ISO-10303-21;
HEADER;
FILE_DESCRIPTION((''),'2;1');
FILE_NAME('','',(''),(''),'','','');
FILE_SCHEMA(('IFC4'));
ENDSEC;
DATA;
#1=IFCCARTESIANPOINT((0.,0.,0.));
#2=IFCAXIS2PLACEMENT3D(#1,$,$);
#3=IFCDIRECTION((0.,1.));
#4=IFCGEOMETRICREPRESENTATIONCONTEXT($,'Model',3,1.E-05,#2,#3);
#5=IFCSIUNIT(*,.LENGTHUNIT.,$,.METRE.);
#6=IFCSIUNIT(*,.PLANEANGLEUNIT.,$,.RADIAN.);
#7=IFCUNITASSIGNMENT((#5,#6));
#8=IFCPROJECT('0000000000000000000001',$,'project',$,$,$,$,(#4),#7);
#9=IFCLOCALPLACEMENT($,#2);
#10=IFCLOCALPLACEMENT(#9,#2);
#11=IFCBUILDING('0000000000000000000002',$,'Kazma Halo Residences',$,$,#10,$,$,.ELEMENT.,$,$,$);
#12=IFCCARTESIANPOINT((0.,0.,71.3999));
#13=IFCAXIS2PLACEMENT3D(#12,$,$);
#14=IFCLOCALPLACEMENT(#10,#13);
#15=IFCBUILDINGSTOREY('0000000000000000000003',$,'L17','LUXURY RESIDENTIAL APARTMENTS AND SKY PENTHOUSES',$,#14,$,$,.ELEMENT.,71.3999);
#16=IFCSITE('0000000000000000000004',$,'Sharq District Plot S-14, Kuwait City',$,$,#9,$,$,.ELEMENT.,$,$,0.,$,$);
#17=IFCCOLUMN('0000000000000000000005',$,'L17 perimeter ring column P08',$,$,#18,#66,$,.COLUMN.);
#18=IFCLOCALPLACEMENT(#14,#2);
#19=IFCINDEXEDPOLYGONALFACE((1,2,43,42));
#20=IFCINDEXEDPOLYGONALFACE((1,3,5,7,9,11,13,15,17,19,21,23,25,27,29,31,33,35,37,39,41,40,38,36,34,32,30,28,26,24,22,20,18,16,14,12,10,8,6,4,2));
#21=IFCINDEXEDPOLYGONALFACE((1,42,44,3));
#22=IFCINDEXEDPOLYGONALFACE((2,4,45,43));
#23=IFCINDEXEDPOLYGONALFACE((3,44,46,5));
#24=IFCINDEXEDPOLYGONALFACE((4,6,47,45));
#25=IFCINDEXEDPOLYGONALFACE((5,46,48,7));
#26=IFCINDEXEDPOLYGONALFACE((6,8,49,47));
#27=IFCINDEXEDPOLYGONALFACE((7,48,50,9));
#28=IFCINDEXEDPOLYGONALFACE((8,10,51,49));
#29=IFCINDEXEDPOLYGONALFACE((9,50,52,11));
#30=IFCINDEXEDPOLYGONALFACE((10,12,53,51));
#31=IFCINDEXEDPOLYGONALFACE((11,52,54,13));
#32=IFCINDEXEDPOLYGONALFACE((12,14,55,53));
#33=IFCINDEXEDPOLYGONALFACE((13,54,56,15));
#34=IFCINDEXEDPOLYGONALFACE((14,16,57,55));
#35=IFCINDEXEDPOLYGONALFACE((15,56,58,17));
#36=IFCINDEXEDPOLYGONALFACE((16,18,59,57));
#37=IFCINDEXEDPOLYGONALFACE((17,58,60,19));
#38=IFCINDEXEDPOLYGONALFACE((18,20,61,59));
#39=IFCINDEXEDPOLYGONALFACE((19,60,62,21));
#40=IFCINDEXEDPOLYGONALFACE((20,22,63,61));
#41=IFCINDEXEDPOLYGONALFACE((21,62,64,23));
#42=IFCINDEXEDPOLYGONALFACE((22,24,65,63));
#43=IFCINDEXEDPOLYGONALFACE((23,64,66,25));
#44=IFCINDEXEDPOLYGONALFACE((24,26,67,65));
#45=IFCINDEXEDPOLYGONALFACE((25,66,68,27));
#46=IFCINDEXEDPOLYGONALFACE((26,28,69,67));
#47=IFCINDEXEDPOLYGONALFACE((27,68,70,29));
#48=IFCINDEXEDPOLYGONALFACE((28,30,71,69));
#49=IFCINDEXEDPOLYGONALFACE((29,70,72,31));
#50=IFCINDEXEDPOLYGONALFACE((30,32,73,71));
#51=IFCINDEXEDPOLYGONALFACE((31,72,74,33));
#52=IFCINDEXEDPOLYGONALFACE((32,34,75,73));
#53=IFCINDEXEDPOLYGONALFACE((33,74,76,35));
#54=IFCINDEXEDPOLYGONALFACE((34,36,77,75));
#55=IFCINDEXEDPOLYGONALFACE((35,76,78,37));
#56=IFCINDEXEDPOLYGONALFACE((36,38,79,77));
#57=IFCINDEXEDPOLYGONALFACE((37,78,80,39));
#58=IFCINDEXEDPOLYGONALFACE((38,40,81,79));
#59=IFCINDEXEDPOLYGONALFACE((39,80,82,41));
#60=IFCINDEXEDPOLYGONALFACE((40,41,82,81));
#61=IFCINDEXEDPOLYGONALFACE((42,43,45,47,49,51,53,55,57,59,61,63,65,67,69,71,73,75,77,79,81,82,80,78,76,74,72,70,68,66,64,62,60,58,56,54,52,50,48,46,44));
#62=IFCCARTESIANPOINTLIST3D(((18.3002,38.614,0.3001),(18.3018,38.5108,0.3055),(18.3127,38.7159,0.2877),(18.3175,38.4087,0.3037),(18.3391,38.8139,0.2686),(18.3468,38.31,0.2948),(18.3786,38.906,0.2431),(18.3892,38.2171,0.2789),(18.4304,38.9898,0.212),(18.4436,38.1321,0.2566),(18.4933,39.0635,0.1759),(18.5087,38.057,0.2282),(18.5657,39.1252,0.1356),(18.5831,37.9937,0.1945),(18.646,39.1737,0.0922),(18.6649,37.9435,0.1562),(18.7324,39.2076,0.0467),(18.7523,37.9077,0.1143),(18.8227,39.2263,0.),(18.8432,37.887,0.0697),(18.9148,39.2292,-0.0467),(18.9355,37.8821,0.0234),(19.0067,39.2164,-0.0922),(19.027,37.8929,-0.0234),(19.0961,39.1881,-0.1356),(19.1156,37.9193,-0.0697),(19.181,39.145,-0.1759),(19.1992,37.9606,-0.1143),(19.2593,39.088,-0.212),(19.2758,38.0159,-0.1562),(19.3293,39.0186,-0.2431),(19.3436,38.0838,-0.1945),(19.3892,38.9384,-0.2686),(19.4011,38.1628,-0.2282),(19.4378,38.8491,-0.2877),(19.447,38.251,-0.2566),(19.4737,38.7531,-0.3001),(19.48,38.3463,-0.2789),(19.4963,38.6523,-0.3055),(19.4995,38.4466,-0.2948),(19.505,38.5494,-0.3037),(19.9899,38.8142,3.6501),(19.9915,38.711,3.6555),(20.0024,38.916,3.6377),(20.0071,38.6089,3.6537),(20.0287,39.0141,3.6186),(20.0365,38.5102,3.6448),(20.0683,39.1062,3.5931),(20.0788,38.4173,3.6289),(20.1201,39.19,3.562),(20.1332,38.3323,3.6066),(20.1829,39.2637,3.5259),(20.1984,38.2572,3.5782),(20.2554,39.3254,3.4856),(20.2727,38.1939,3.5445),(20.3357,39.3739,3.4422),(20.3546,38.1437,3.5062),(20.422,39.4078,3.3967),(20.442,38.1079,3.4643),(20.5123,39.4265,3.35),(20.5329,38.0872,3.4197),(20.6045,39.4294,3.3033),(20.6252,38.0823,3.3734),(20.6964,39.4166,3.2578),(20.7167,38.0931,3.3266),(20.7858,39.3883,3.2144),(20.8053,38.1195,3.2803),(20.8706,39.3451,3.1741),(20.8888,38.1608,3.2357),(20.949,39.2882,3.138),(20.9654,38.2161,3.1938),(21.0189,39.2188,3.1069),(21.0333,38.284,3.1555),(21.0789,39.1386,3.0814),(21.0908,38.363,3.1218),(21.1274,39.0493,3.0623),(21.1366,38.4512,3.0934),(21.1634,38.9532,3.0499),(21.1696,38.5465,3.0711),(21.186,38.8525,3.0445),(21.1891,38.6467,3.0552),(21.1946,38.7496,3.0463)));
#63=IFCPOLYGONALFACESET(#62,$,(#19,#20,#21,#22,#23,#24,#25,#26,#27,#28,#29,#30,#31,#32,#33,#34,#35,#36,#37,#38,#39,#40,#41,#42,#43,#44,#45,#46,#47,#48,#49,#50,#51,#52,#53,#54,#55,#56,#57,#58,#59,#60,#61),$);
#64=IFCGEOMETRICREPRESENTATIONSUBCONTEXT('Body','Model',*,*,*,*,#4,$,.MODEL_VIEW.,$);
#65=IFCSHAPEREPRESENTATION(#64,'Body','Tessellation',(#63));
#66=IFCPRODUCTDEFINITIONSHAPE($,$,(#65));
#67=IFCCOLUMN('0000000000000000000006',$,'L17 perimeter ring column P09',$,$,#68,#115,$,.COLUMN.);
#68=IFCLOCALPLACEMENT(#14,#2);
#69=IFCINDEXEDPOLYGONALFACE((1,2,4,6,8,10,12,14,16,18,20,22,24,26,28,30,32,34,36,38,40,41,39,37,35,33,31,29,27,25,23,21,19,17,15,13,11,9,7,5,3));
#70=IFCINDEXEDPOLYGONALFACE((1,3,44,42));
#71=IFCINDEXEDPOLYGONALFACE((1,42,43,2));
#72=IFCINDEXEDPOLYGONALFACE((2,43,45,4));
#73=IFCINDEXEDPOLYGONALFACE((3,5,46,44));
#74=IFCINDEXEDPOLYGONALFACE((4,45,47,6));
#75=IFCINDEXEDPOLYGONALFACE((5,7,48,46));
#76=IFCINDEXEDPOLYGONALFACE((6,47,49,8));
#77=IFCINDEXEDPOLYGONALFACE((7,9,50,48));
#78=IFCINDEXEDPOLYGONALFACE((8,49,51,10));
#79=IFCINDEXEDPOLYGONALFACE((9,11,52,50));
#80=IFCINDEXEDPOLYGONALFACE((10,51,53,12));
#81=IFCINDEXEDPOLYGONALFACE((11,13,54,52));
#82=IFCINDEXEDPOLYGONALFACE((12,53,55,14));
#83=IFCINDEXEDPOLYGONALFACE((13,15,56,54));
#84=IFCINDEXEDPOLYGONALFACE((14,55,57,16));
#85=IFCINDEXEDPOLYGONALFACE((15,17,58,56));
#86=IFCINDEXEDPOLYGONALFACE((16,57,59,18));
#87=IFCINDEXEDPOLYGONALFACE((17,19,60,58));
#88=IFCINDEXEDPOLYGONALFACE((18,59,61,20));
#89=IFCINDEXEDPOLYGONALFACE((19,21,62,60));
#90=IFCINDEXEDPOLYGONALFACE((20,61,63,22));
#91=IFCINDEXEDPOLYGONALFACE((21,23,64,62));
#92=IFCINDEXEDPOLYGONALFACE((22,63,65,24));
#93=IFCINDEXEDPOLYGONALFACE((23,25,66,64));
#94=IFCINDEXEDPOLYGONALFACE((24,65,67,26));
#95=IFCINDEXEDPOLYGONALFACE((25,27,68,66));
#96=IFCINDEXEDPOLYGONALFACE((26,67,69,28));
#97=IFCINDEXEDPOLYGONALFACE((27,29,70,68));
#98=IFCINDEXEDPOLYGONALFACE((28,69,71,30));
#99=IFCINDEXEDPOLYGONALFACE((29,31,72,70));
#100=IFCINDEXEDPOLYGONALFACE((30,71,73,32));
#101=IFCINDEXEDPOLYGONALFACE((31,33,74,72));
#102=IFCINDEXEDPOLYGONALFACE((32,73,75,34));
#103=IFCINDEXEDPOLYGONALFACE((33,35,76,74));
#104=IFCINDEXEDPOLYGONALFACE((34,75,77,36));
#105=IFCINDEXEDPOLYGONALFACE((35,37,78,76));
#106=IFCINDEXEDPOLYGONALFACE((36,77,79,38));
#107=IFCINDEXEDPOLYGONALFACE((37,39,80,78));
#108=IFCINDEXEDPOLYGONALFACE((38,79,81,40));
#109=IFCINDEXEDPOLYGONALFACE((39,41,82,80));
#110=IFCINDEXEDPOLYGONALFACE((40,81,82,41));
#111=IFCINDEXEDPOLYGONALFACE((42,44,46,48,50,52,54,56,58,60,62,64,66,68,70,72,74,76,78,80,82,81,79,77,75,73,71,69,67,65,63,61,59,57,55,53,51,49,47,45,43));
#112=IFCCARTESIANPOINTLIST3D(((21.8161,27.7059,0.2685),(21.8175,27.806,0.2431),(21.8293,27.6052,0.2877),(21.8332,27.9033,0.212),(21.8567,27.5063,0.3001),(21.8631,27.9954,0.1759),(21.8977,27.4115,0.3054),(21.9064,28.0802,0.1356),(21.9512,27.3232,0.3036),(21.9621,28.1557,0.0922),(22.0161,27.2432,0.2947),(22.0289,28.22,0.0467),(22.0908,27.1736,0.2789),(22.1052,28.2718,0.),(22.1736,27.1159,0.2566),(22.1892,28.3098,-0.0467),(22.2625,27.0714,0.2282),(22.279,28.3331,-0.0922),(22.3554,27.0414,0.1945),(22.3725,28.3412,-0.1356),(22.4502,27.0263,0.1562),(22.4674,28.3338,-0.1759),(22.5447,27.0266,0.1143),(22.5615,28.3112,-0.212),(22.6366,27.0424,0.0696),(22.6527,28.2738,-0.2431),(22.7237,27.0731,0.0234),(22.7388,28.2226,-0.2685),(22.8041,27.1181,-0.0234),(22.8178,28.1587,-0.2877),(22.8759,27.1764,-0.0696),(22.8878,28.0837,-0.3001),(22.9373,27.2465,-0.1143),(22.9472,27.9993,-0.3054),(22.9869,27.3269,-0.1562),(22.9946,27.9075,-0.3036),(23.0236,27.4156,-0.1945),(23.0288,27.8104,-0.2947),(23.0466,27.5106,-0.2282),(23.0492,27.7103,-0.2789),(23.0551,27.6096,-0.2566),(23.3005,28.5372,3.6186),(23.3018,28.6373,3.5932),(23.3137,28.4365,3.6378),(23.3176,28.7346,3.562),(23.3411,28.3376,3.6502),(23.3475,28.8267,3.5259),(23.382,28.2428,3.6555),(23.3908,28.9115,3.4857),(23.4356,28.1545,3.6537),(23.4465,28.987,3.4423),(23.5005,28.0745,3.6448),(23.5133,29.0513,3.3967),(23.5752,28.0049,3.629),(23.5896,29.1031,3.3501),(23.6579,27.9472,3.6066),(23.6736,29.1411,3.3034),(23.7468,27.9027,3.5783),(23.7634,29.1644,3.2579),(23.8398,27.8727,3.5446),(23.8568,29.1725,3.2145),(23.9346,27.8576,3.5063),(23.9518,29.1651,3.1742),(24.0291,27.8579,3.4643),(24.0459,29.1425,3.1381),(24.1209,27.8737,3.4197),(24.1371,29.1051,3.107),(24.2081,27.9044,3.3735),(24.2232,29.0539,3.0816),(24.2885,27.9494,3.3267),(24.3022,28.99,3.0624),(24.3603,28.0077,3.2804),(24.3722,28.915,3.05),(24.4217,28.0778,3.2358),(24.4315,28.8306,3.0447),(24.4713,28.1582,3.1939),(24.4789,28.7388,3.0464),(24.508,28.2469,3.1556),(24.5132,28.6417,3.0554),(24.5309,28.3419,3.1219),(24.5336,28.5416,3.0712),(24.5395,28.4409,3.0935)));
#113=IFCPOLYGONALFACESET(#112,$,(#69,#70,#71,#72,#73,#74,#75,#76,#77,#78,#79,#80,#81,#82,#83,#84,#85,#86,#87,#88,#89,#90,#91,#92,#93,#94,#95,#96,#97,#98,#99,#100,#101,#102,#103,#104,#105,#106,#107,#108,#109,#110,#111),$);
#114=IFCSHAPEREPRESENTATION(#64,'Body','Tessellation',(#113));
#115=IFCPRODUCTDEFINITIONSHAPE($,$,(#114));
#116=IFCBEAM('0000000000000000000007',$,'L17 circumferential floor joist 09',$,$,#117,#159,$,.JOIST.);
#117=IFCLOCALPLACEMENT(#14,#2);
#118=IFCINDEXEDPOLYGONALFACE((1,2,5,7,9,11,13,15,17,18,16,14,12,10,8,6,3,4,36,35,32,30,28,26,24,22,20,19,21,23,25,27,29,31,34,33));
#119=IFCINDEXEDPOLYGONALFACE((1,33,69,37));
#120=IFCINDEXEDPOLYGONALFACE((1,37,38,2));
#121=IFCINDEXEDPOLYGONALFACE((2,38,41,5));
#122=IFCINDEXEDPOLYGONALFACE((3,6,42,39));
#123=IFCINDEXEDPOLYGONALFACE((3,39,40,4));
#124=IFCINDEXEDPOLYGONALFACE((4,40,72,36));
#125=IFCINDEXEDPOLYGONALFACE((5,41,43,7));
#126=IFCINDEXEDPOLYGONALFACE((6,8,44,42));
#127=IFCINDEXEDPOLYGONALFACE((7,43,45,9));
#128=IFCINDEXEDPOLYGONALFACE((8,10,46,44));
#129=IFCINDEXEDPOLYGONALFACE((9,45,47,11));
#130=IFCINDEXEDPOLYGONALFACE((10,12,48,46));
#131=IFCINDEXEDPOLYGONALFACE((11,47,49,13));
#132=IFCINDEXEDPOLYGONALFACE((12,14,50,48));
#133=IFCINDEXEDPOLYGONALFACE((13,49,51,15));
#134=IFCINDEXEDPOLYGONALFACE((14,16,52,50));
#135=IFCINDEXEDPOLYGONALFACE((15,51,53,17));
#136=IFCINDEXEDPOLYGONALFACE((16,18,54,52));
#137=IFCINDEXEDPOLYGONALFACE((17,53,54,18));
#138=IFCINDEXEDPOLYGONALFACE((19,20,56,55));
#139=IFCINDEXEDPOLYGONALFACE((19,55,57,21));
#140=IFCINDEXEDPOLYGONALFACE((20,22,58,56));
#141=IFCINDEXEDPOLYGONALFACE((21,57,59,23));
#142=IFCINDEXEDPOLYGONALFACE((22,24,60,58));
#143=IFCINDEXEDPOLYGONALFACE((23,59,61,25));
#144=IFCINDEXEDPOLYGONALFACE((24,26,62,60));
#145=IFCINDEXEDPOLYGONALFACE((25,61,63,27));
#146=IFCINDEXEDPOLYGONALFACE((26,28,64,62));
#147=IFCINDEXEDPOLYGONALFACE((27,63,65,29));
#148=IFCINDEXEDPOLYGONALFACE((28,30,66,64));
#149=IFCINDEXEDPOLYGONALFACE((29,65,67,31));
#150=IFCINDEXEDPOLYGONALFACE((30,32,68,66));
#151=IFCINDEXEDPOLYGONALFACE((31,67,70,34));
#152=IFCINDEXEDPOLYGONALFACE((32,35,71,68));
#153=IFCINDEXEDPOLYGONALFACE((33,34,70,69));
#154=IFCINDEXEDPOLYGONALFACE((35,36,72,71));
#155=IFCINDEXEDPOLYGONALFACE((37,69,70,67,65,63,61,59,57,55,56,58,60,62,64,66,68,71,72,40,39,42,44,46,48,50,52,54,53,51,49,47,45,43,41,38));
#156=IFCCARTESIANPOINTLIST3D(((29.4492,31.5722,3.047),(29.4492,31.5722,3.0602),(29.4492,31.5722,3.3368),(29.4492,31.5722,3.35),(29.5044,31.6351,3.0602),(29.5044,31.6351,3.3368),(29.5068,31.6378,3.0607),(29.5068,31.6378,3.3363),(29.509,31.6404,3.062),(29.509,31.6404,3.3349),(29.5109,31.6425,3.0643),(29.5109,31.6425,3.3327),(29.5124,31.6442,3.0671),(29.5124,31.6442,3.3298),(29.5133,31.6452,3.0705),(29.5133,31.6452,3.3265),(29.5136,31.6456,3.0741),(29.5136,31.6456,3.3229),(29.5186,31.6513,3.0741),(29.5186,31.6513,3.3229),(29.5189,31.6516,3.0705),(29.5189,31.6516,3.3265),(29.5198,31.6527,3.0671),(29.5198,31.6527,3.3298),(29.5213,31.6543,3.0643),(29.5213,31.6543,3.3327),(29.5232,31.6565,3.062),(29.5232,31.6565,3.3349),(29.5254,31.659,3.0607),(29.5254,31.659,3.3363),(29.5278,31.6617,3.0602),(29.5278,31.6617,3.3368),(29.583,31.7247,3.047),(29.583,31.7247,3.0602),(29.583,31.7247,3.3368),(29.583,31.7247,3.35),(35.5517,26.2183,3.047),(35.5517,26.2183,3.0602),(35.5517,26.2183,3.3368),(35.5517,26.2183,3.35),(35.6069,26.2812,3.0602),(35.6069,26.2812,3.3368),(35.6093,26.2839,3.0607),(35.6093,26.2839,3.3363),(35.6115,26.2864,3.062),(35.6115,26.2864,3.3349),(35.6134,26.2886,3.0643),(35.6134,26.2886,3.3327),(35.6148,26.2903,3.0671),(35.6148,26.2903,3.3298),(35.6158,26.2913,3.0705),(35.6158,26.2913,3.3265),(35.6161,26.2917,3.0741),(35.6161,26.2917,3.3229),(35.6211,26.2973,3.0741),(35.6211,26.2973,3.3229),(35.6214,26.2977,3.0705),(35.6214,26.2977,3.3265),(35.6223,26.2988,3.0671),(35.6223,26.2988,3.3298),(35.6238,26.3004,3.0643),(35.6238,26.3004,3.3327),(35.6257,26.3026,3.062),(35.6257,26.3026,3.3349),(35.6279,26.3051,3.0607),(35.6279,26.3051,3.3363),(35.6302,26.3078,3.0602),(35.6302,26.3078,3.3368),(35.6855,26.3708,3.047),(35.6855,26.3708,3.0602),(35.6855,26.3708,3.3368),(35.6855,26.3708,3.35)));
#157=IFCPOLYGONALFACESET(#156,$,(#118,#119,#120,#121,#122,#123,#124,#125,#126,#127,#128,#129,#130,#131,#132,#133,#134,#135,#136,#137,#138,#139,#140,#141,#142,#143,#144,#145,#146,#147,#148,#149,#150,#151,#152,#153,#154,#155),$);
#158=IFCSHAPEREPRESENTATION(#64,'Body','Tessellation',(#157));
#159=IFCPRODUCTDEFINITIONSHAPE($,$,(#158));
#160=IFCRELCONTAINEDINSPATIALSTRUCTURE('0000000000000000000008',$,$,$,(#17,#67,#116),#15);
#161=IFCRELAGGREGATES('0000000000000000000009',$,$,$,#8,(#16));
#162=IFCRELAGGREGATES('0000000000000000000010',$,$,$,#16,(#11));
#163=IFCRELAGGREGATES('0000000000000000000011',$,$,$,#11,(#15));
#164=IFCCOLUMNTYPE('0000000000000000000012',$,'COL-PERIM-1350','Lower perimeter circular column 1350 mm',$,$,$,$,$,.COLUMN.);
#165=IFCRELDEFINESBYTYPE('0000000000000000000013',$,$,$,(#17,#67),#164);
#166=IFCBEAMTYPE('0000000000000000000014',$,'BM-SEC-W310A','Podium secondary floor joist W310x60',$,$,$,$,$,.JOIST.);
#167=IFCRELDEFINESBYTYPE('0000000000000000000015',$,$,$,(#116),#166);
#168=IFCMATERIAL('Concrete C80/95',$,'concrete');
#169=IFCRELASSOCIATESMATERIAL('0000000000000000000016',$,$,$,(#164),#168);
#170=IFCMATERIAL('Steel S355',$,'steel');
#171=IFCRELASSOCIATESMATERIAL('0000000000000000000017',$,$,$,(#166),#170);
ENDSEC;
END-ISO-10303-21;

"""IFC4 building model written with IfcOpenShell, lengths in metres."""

from ifc_helpers import new_model, si_unit, direction, frame, origin, origin_2d, place, context, subcontext, project, spatial, circle, i_section, extrude, material, material_profile, profile_set, type_object, element, save


model = new_model("IFC4")

# Units and contexts
model_context = context("Model", 3, precision=1e-05, world=origin(), true_north=direction((0.0, 1.0)))
body_context = subcontext(model_context, "Body", "Model", "MODEL_VIEW")
ifc_project = project(units=[si_unit("LENGTHUNIT", "METRE"), si_unit("PLANEANGLEUNIT", "RADIAN")], contexts=[model_context])

# Site, building, storey
site_placement = place(None, origin())
site = spatial("IfcSite", under=ifc_project, at=site_placement, Name="Sharq District Plot S-14, Kuwait City", CompositionType="ELEMENT", RefElevation=0.0)
building_placement = place(site_placement, origin())
building = spatial("IfcBuilding", under=site, at=building_placement, Name="Kazma Halo Residences", CompositionType="ELEMENT")
storey_placement = place(building_placement, frame((0.0, 0.0, 71.3999)))
storey = spatial("IfcBuildingStorey", under=building, at=storey_placement, Name="L17", Description="LUXURY RESIDENTIAL APARTMENTS AND SKY PENTHOUSES", CompositionType="ELEMENT", Elevation=71.3999)

# Columns
ifc_material_1 = material(Name="Concrete C80/95", Category="concrete")
ifc_material_profile_1 = material_profile(ifc_material_1, circle(Radius=0.675, at=origin_2d()), Name="CIRC1350")
ifc_profile_set_1 = profile_set([ifc_material_profile_1], Name="Concrete C80/95")
column_type = type_object("IfcColumnType", Name="COL-PERIM-1350", Description="Lower perimeter circular column 1350 mm", PredefinedType="COLUMN", material=ifc_profile_set_1)
for number, where, z_axis, x_axis, name in (
    (1, (18.9021, 38.5559, 0.0), (0.449694, 0.05328, 0.891592), (-0.117657, 0.993054, 0.0), "L17 perimeter ring column P08"),
    (2, (22.4351, 27.6829, 0.0), (0.39506, 0.221247, 0.891615), (-0.488625, 0.872494, 0.0), "L17 perimeter ring column P09"),
):
    element("IfcColumn", number, at=place(storey_placement, frame(where, z_axis=z_axis, x_axis=x_axis)), inside=storey, type_object=column_type, Name=name, PredefinedType="COLUMN", context=body_context, shape_type="SweptSolid", body=[
        extrude(circle(Radius=0.675, at=origin_2d()), origin(), (0.0, 0.0, 1.0), 3.7573),
    ])

# Beam
ifc_material_2 = material(Name="Steel S355", Category="steel")
ifc_material_profile_2 = material_profile(ifc_material_2, i_section(OverallWidth=0.2029, OverallDepth=0.303, WebThickness=0.0076, FlangeThickness=0.0132, FilletRadius=0.0139, at=origin_2d()), Name="W310x60")
ifc_profile_set_2 = profile_set([ifc_material_profile_2], Name="Steel S355")
beam_type_1 = type_object("IfcBeamType", Name="BM-SEC-W310A", Description="Podium secondary floor joist W310x60", PredefinedType="JOIST", material=ifc_profile_set_2)
beam_1_placement = place(storey_placement, frame((29.5161, 31.6484, 3.1985), z_axis=(0.751704, -0.6595, 0.0), x_axis=(0.6595, 0.751704, 0.0)))
element("IfcBeam", 3, at=beam_1_placement, inside=storey, type_object=beam_type_1, Name="L17 circumferential floor joist 09", PredefinedType="JOIST", context=body_context, shape_type="SweptSolid", body=[
    extrude(i_section(OverallWidth=0.2029, OverallDepth=0.303, WebThickness=0.0076, FlangeThickness=0.0132, FilletRadius=0.0139, at=origin_2d()), origin(), (0.0, 0.0, 1.0), 8.1182),
])

save(model, "model.ifc")
